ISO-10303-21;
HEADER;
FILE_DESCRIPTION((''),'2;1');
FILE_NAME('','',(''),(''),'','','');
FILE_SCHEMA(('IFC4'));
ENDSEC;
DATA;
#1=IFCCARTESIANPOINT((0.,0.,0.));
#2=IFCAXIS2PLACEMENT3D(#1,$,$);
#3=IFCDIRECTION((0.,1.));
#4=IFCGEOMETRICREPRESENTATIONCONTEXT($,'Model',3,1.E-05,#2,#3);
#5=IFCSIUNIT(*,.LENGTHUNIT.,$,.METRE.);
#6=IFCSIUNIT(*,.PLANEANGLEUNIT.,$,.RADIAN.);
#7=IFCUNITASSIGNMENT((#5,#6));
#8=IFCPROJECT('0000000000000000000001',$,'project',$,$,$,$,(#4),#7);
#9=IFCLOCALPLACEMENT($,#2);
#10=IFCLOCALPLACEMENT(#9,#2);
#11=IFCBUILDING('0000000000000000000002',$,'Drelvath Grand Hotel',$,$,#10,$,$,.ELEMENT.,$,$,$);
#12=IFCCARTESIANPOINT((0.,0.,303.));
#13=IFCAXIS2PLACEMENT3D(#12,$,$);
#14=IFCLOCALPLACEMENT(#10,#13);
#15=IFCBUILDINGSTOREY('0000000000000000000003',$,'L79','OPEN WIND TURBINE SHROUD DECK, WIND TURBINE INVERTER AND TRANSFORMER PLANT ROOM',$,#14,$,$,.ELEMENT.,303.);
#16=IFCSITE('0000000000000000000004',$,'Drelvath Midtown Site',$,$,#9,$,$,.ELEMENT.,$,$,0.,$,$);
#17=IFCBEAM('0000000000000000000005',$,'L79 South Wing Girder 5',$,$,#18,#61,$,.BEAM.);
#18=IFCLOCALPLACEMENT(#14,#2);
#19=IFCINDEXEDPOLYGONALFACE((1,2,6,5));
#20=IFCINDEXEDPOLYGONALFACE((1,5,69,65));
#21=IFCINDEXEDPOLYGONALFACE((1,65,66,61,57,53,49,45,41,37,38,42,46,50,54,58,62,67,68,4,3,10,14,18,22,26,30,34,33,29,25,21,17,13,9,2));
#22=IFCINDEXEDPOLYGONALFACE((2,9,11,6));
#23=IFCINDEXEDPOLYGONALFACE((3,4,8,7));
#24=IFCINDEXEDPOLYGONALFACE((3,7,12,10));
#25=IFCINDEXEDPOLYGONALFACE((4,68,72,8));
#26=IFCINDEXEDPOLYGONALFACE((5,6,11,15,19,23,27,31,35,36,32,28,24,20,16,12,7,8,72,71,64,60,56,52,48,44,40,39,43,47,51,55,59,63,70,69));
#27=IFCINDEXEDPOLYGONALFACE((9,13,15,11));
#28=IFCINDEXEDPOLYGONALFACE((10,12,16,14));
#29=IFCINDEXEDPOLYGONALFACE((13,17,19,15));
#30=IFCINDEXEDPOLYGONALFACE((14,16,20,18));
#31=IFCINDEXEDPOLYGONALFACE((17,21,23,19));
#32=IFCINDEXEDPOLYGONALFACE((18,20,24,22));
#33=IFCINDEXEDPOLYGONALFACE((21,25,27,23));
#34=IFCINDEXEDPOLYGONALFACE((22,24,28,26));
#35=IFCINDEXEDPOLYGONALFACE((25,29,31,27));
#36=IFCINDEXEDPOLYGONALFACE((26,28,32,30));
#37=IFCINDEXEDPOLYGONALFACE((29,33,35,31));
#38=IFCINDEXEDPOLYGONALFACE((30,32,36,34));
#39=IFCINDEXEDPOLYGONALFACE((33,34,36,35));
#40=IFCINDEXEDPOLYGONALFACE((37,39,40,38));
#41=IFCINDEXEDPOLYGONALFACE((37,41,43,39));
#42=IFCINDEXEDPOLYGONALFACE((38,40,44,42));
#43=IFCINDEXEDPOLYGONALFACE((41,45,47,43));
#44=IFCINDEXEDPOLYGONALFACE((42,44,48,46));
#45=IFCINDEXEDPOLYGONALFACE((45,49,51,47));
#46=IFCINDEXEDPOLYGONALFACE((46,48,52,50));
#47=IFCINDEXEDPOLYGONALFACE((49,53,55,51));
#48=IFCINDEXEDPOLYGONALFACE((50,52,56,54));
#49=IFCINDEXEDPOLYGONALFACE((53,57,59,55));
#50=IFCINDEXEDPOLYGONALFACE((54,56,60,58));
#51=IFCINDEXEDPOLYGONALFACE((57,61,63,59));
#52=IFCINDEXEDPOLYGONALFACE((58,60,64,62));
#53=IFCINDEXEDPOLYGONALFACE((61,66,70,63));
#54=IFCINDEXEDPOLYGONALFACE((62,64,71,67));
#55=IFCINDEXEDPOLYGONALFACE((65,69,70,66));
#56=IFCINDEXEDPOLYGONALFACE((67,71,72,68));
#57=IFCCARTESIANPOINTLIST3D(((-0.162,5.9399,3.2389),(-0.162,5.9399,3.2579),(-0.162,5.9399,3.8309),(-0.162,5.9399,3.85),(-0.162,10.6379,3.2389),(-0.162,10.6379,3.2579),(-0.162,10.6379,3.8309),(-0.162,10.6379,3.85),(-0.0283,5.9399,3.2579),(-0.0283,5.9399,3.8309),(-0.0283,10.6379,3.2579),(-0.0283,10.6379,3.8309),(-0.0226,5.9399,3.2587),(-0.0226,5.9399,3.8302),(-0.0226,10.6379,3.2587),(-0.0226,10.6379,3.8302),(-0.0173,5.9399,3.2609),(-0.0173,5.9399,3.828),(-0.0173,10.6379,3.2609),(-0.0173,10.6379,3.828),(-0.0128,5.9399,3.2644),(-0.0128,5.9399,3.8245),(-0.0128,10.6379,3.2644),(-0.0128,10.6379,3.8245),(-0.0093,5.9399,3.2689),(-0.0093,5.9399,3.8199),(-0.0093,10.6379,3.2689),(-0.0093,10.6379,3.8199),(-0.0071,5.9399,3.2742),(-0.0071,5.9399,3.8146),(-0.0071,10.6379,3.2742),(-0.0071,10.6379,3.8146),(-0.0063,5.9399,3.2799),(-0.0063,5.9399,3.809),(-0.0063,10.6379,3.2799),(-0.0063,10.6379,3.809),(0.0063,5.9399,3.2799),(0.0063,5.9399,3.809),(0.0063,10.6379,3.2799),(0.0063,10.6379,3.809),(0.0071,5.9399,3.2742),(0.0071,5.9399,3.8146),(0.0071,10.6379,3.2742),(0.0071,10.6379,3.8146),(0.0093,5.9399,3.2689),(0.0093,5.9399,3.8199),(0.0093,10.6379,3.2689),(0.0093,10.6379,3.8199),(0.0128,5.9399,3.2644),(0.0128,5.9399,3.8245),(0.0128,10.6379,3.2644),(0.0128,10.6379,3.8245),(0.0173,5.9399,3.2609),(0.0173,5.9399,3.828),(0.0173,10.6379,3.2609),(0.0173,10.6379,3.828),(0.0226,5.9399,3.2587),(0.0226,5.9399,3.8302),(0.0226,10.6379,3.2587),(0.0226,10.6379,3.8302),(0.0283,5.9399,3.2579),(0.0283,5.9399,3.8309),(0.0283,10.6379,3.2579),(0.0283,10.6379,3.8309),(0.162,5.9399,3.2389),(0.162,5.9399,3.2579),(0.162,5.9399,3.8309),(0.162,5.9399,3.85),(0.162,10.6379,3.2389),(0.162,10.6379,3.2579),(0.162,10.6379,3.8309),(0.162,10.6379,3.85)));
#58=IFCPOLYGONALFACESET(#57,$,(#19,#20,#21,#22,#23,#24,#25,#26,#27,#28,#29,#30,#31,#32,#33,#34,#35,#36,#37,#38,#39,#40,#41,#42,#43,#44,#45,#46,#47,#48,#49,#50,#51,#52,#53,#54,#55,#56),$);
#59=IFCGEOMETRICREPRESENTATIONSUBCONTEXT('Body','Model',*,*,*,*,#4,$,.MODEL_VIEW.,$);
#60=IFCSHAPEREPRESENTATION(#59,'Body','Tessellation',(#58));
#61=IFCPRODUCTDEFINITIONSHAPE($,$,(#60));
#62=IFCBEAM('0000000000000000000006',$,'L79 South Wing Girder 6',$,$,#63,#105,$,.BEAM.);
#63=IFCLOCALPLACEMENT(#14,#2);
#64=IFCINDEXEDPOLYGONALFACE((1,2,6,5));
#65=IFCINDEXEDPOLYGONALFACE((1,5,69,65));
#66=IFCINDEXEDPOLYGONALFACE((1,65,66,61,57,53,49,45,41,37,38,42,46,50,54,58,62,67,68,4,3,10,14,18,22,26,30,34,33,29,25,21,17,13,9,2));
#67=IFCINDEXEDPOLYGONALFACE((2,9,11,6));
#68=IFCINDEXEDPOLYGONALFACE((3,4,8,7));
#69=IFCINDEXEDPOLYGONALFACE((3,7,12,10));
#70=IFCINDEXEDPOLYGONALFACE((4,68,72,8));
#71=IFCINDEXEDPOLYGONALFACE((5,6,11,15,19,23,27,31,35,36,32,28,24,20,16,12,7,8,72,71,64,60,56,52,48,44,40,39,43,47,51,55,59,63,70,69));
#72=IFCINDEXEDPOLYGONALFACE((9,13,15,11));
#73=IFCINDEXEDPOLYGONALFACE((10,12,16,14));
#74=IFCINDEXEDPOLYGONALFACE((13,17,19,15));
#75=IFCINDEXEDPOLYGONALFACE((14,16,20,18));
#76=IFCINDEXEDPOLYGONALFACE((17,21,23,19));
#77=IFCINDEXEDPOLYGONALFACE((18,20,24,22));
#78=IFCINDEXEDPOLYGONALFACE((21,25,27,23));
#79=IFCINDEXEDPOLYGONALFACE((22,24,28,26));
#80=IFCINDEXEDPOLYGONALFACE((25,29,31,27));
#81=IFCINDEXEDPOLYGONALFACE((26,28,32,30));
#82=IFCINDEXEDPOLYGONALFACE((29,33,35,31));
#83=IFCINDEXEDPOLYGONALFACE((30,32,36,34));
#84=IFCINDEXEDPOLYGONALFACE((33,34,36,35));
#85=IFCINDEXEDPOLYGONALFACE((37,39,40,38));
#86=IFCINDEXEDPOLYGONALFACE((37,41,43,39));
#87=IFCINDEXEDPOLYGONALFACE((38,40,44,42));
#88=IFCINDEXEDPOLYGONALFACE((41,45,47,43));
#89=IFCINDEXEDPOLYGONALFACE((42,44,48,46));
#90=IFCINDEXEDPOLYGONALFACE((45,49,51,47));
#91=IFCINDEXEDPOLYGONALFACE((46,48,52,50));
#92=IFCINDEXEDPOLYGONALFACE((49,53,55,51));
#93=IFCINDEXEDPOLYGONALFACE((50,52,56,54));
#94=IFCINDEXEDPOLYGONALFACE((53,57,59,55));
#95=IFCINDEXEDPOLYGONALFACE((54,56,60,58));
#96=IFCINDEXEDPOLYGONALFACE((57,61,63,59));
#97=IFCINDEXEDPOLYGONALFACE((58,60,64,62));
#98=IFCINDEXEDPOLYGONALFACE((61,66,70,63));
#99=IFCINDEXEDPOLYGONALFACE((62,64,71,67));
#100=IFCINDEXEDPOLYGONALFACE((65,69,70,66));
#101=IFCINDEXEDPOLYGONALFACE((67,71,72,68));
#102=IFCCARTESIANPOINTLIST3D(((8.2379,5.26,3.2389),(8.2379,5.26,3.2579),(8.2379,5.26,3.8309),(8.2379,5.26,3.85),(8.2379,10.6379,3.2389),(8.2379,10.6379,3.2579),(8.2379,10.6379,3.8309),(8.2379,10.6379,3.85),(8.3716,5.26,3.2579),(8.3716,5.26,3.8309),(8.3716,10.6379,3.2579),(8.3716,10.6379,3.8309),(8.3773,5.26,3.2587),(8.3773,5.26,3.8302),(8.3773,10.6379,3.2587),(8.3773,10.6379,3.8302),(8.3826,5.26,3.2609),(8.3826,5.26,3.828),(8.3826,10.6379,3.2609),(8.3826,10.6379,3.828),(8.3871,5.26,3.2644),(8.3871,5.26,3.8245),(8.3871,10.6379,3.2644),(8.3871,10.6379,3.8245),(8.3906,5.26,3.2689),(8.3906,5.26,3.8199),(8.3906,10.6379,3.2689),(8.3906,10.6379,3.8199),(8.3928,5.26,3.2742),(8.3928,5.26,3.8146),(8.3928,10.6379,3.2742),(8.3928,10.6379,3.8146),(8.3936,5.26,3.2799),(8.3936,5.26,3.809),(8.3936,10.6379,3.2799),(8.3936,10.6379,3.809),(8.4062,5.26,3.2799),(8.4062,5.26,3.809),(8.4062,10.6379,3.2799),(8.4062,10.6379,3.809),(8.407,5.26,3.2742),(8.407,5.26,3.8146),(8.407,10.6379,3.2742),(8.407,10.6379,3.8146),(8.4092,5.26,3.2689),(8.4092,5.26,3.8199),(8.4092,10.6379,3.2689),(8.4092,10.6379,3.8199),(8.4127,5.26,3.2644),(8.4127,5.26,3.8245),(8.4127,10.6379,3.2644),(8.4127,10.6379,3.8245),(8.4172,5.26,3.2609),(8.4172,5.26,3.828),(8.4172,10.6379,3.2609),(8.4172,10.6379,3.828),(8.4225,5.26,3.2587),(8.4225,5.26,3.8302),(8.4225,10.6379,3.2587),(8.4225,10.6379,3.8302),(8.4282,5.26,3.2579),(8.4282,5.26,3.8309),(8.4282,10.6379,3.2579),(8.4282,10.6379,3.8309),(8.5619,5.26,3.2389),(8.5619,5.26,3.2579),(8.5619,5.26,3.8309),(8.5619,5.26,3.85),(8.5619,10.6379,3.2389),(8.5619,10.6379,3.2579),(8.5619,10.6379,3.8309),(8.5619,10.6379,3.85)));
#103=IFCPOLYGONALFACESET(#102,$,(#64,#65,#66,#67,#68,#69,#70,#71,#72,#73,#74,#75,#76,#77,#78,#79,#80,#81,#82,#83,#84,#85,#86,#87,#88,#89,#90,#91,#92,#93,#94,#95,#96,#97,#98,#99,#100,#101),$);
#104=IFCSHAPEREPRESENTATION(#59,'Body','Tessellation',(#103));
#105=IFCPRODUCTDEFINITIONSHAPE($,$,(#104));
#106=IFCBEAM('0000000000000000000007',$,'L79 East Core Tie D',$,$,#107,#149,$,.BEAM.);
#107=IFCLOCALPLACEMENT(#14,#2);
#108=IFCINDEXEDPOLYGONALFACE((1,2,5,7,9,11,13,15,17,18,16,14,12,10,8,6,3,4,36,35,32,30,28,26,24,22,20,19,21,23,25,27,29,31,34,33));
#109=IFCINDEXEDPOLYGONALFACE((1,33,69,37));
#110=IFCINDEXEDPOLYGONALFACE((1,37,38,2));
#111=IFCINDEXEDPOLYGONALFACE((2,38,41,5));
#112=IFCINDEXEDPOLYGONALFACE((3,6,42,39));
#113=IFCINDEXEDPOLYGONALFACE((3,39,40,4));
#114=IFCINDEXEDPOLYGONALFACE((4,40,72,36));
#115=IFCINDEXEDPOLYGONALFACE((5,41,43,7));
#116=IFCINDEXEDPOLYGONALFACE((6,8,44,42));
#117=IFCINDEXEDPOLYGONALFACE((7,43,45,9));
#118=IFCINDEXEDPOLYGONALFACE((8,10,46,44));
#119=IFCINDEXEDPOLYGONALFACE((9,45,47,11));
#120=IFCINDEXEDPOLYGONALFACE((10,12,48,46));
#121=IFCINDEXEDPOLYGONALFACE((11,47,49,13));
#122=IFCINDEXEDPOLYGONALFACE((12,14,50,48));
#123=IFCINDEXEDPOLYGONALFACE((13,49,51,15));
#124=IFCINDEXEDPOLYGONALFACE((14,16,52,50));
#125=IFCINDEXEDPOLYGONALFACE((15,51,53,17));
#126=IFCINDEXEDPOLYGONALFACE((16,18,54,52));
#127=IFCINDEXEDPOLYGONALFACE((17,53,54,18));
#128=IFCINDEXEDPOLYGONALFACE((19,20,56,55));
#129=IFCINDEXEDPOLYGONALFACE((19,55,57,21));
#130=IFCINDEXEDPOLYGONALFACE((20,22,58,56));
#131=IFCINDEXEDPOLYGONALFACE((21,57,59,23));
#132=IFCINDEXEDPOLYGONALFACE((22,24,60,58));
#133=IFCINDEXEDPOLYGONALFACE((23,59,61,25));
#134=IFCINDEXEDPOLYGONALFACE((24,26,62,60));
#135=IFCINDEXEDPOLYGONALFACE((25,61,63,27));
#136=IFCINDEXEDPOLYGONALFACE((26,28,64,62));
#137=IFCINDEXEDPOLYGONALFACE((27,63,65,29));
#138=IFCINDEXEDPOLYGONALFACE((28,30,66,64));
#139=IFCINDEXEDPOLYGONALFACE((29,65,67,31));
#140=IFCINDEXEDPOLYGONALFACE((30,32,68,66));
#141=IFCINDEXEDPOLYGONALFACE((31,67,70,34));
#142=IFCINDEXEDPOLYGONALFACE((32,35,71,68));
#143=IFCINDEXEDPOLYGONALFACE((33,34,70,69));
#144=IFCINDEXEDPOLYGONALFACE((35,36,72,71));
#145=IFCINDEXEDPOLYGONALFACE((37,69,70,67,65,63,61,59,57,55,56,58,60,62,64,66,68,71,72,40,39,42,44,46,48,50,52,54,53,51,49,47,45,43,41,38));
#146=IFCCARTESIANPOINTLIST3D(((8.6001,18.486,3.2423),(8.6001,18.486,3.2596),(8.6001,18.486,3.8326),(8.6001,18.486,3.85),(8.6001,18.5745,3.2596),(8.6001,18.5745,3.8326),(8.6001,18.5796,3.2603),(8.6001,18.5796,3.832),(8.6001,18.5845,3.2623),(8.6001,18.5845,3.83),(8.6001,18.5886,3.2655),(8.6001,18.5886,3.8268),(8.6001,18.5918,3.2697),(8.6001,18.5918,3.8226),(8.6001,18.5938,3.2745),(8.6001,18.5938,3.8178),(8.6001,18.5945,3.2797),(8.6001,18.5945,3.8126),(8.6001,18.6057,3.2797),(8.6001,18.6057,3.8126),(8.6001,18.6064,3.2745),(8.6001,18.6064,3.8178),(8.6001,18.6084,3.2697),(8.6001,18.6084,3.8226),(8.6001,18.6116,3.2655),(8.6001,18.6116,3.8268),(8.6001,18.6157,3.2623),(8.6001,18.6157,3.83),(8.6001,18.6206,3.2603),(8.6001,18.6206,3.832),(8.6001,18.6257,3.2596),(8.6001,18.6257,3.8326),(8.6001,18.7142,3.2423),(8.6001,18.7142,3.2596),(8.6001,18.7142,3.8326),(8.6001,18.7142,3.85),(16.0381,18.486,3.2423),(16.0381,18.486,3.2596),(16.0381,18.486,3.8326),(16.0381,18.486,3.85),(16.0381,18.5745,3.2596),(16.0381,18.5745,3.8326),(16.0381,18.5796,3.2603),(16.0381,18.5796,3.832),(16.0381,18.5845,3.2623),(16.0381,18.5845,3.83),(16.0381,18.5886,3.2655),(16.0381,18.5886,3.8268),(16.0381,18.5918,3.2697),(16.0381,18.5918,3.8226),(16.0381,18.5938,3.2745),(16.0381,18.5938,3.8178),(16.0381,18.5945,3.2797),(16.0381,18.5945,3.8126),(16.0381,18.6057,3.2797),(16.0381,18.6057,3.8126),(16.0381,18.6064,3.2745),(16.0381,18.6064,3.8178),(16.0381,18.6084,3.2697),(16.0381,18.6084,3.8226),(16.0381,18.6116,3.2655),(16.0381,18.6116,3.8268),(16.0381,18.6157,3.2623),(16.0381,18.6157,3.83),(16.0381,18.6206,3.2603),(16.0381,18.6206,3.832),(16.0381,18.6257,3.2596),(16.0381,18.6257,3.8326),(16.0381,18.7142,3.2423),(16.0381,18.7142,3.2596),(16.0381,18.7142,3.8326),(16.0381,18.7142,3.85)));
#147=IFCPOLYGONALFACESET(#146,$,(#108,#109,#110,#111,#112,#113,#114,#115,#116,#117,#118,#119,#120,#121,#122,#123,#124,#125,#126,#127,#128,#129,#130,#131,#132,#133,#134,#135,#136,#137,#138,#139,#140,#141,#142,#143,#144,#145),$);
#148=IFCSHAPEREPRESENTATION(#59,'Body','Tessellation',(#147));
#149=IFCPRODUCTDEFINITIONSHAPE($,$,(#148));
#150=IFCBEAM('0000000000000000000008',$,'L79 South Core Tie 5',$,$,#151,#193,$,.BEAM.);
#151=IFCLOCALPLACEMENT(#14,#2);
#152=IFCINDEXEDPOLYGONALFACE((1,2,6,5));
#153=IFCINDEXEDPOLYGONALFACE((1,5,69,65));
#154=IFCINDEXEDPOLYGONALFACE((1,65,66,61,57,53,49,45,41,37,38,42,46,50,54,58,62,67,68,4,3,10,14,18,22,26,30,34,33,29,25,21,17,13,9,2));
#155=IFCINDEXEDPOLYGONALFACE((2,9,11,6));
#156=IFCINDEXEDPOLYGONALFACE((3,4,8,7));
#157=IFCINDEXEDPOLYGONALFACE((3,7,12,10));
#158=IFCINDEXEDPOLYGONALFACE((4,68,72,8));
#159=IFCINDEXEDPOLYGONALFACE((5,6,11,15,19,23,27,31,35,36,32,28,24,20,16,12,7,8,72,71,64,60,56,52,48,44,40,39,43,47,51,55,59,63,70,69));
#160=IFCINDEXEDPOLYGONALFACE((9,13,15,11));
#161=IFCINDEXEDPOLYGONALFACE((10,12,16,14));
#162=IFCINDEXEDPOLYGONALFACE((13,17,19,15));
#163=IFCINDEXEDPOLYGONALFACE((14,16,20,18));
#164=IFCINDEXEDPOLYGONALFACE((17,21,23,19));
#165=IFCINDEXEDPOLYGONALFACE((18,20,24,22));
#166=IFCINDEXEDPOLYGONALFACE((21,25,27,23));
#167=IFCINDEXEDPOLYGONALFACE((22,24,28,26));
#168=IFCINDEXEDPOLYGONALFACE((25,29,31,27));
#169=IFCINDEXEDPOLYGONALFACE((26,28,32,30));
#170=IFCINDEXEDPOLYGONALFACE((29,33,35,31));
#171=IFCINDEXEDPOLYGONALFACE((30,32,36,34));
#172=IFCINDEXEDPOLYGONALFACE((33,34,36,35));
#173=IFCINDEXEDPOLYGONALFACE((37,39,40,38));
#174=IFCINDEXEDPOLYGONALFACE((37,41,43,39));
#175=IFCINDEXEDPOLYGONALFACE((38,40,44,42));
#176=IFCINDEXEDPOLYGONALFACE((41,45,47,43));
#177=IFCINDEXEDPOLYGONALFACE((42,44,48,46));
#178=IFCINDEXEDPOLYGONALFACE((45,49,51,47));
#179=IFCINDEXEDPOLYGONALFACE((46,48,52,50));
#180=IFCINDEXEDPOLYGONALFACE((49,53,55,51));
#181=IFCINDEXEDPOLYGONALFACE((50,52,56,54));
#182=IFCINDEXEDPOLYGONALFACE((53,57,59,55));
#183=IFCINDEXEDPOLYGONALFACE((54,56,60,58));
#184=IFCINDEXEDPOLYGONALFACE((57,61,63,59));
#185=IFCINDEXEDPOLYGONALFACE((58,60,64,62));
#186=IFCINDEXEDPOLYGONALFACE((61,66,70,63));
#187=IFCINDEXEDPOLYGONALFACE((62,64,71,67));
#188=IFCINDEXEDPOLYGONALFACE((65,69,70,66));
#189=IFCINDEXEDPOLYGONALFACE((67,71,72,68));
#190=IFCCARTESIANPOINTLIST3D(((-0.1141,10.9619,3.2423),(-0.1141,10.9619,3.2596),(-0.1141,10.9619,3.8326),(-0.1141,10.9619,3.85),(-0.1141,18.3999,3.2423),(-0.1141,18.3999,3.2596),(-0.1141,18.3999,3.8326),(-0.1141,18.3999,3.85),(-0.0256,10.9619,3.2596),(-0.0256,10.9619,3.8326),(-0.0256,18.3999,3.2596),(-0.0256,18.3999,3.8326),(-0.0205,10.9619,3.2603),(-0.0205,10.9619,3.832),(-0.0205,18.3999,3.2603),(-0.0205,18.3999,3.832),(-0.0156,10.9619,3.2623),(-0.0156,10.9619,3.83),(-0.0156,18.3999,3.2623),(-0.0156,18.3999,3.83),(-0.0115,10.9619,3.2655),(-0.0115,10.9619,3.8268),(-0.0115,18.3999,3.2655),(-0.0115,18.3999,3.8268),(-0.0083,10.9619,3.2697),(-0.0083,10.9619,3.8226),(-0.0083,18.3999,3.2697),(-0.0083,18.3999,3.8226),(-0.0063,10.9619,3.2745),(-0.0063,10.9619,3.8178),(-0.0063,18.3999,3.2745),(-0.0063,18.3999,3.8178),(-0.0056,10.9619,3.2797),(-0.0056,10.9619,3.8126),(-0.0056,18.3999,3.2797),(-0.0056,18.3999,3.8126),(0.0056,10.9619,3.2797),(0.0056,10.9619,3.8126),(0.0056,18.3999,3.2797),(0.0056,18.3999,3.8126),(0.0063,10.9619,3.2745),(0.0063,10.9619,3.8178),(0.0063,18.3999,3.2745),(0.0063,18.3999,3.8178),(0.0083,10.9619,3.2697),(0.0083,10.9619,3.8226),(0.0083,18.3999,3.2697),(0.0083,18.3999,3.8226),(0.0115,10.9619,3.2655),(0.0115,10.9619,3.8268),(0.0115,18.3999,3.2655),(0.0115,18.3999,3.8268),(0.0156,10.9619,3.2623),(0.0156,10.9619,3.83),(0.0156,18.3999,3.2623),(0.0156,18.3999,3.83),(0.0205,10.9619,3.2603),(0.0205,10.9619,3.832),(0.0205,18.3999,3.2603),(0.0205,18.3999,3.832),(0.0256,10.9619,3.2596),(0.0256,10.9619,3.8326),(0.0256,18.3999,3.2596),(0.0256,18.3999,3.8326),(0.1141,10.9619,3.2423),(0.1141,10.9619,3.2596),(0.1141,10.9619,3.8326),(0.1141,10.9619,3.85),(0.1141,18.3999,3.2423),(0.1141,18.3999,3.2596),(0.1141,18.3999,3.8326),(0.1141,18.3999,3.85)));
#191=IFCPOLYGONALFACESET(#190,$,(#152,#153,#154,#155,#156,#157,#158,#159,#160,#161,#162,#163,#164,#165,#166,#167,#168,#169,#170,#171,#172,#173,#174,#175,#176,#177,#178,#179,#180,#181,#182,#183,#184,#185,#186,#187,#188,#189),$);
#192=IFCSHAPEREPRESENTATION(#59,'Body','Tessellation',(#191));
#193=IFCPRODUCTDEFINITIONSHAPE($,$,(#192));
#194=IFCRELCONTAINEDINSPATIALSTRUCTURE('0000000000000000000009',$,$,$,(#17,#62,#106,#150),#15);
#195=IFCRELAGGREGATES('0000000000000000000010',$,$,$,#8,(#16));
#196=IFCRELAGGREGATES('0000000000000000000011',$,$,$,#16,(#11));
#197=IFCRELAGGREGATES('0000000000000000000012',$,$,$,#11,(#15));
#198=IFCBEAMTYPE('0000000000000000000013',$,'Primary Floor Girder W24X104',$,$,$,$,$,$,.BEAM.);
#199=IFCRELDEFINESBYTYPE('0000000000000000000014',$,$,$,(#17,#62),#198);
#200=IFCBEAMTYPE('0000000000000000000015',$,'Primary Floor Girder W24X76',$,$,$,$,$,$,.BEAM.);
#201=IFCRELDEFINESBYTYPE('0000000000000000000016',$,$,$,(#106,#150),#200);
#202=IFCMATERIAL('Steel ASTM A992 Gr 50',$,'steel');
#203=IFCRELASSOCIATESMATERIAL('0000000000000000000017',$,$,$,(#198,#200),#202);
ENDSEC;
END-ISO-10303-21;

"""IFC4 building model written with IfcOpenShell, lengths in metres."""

from ifc_helpers import new_model, si_unit, direction, frame, origin, origin_2d, place, context, subcontext, project, spatial, i_section, extrude, material, material_profile, profile_set, type_object, element, save


model = new_model("IFC4")

# Units and contexts
model_context = context("Model", 3, precision=1e-05, world=origin(), true_north=direction((0.0, 1.0)))
body_context = subcontext(model_context, "Body", "Model", "MODEL_VIEW")
ifc_project = project(units=[si_unit("LENGTHUNIT", "METRE"), si_unit("PLANEANGLEUNIT", "RADIAN")], contexts=[model_context])

# Site, building, storey
site_placement = place(None, origin())
site = spatial("IfcSite", under=ifc_project, at=site_placement, Name="Drelvath Midtown Site", CompositionType="ELEMENT", RefElevation=0.0)
building_placement = place(site_placement, origin())
building = spatial("IfcBuilding", under=site, at=building_placement, Name="Drelvath Grand Hotel", CompositionType="ELEMENT")
storey_placement = place(building_placement, frame((0.0, 0.0, 303.0)))
storey = spatial("IfcBuildingStorey", under=building, at=storey_placement, Name="L79", Description="OPEN WIND TURBINE SHROUD DECK, WIND TURBINE INVERTER AND TRANSFORMER PLANT ROOM", CompositionType="ELEMENT", Elevation=303.0)

# Beams
ifc_material_1 = material(Name="Steel ASTM A992 Gr 50", Category="steel")
ifc_material_profile_1 = material_profile(ifc_material_1, i_section(OverallWidth=0.324, OverallDepth=0.6111, WebThickness=0.0127, FlangeThickness=0.019, FilletRadius=0.022, at=origin_2d()), Name="W24X104")
ifc_profile_set_1 = profile_set([ifc_material_profile_1], Name="Steel ASTM A992 Gr 50")
beam_type_1 = type_object("IfcBeamType", Name="Primary Floor Girder W24X104", PredefinedType="BEAM", material=ifc_profile_set_1)
beam_1_placement = place(storey_placement, frame((0.0, 5.9399, 3.5444), z_axis=(0.0, 1.0, 0.0), x_axis=(-1.0, 0.0, 0.0)))
element("IfcBeam", 1, at=beam_1_placement, inside=storey, type_object=beam_type_1, Name="L79 South Wing Girder 5", PredefinedType="BEAM", context=body_context, shape_type="SweptSolid", body=[
    extrude(i_section(OverallWidth=0.324, OverallDepth=0.6111, WebThickness=0.0127, FlangeThickness=0.019, FilletRadius=0.022, at=origin_2d()), origin(), (0.0, 0.0, 1.0), 4.698),
])
beam_2_placement = place(storey_placement, frame((8.3999, 5.26, 3.5444), z_axis=(0.0, 1.0, 0.0), x_axis=(-1.0, 0.0, 0.0)))
element("IfcBeam", 2, at=beam_2_placement, inside=storey, type_object=beam_type_1, Name="L79 South Wing Girder 6", PredefinedType="BEAM", context=body_context, shape_type="SweptSolid", body=[
    extrude(i_section(OverallWidth=0.324, OverallDepth=0.6111, WebThickness=0.0127, FlangeThickness=0.019, FilletRadius=0.022, at=origin_2d()), origin(), (0.0, 0.0, 1.0), 5.3779),
])
ifc_material_profile_2 = material_profile(ifc_material_1, i_section(OverallWidth=0.2283, OverallDepth=0.6077, WebThickness=0.0112, FlangeThickness=0.0173, FilletRadius=0.02, at=origin_2d()), Name="W24X76")
ifc_profile_set_2 = profile_set([ifc_material_profile_2], Name="Steel ASTM A992 Gr 50")
beam_type_2 = type_object("IfcBeamType", Name="Primary Floor Girder W24X76", PredefinedType="BEAM", material=ifc_profile_set_2)
for number, where, z_axis, x_axis, name in (
    (3, (8.6001, 18.6001, 3.5461), (1.0, 0.0, 0.0), (0.0, 1.0, 0.0), "L79 East Core Tie D"),
    (4, (0.0, 10.9619, 3.5461), (0.0, 1.0, 0.0), (-1.0, 0.0, 0.0), "L79 South Core Tie 5"),
):
    element("IfcBeam", number, at=place(storey_placement, frame(where, z_axis=z_axis, x_axis=x_axis)), inside=storey, type_object=beam_type_2, Name=name, PredefinedType="BEAM", context=body_context, shape_type="SweptSolid", body=[
        extrude(i_section(OverallWidth=0.2283, OverallDepth=0.6077, WebThickness=0.0112, FlangeThickness=0.0173, FilletRadius=0.02, at=origin_2d()), origin(), (0.0, 0.0, 1.0), 7.438),
    ])

save(model, "model.ifc")
